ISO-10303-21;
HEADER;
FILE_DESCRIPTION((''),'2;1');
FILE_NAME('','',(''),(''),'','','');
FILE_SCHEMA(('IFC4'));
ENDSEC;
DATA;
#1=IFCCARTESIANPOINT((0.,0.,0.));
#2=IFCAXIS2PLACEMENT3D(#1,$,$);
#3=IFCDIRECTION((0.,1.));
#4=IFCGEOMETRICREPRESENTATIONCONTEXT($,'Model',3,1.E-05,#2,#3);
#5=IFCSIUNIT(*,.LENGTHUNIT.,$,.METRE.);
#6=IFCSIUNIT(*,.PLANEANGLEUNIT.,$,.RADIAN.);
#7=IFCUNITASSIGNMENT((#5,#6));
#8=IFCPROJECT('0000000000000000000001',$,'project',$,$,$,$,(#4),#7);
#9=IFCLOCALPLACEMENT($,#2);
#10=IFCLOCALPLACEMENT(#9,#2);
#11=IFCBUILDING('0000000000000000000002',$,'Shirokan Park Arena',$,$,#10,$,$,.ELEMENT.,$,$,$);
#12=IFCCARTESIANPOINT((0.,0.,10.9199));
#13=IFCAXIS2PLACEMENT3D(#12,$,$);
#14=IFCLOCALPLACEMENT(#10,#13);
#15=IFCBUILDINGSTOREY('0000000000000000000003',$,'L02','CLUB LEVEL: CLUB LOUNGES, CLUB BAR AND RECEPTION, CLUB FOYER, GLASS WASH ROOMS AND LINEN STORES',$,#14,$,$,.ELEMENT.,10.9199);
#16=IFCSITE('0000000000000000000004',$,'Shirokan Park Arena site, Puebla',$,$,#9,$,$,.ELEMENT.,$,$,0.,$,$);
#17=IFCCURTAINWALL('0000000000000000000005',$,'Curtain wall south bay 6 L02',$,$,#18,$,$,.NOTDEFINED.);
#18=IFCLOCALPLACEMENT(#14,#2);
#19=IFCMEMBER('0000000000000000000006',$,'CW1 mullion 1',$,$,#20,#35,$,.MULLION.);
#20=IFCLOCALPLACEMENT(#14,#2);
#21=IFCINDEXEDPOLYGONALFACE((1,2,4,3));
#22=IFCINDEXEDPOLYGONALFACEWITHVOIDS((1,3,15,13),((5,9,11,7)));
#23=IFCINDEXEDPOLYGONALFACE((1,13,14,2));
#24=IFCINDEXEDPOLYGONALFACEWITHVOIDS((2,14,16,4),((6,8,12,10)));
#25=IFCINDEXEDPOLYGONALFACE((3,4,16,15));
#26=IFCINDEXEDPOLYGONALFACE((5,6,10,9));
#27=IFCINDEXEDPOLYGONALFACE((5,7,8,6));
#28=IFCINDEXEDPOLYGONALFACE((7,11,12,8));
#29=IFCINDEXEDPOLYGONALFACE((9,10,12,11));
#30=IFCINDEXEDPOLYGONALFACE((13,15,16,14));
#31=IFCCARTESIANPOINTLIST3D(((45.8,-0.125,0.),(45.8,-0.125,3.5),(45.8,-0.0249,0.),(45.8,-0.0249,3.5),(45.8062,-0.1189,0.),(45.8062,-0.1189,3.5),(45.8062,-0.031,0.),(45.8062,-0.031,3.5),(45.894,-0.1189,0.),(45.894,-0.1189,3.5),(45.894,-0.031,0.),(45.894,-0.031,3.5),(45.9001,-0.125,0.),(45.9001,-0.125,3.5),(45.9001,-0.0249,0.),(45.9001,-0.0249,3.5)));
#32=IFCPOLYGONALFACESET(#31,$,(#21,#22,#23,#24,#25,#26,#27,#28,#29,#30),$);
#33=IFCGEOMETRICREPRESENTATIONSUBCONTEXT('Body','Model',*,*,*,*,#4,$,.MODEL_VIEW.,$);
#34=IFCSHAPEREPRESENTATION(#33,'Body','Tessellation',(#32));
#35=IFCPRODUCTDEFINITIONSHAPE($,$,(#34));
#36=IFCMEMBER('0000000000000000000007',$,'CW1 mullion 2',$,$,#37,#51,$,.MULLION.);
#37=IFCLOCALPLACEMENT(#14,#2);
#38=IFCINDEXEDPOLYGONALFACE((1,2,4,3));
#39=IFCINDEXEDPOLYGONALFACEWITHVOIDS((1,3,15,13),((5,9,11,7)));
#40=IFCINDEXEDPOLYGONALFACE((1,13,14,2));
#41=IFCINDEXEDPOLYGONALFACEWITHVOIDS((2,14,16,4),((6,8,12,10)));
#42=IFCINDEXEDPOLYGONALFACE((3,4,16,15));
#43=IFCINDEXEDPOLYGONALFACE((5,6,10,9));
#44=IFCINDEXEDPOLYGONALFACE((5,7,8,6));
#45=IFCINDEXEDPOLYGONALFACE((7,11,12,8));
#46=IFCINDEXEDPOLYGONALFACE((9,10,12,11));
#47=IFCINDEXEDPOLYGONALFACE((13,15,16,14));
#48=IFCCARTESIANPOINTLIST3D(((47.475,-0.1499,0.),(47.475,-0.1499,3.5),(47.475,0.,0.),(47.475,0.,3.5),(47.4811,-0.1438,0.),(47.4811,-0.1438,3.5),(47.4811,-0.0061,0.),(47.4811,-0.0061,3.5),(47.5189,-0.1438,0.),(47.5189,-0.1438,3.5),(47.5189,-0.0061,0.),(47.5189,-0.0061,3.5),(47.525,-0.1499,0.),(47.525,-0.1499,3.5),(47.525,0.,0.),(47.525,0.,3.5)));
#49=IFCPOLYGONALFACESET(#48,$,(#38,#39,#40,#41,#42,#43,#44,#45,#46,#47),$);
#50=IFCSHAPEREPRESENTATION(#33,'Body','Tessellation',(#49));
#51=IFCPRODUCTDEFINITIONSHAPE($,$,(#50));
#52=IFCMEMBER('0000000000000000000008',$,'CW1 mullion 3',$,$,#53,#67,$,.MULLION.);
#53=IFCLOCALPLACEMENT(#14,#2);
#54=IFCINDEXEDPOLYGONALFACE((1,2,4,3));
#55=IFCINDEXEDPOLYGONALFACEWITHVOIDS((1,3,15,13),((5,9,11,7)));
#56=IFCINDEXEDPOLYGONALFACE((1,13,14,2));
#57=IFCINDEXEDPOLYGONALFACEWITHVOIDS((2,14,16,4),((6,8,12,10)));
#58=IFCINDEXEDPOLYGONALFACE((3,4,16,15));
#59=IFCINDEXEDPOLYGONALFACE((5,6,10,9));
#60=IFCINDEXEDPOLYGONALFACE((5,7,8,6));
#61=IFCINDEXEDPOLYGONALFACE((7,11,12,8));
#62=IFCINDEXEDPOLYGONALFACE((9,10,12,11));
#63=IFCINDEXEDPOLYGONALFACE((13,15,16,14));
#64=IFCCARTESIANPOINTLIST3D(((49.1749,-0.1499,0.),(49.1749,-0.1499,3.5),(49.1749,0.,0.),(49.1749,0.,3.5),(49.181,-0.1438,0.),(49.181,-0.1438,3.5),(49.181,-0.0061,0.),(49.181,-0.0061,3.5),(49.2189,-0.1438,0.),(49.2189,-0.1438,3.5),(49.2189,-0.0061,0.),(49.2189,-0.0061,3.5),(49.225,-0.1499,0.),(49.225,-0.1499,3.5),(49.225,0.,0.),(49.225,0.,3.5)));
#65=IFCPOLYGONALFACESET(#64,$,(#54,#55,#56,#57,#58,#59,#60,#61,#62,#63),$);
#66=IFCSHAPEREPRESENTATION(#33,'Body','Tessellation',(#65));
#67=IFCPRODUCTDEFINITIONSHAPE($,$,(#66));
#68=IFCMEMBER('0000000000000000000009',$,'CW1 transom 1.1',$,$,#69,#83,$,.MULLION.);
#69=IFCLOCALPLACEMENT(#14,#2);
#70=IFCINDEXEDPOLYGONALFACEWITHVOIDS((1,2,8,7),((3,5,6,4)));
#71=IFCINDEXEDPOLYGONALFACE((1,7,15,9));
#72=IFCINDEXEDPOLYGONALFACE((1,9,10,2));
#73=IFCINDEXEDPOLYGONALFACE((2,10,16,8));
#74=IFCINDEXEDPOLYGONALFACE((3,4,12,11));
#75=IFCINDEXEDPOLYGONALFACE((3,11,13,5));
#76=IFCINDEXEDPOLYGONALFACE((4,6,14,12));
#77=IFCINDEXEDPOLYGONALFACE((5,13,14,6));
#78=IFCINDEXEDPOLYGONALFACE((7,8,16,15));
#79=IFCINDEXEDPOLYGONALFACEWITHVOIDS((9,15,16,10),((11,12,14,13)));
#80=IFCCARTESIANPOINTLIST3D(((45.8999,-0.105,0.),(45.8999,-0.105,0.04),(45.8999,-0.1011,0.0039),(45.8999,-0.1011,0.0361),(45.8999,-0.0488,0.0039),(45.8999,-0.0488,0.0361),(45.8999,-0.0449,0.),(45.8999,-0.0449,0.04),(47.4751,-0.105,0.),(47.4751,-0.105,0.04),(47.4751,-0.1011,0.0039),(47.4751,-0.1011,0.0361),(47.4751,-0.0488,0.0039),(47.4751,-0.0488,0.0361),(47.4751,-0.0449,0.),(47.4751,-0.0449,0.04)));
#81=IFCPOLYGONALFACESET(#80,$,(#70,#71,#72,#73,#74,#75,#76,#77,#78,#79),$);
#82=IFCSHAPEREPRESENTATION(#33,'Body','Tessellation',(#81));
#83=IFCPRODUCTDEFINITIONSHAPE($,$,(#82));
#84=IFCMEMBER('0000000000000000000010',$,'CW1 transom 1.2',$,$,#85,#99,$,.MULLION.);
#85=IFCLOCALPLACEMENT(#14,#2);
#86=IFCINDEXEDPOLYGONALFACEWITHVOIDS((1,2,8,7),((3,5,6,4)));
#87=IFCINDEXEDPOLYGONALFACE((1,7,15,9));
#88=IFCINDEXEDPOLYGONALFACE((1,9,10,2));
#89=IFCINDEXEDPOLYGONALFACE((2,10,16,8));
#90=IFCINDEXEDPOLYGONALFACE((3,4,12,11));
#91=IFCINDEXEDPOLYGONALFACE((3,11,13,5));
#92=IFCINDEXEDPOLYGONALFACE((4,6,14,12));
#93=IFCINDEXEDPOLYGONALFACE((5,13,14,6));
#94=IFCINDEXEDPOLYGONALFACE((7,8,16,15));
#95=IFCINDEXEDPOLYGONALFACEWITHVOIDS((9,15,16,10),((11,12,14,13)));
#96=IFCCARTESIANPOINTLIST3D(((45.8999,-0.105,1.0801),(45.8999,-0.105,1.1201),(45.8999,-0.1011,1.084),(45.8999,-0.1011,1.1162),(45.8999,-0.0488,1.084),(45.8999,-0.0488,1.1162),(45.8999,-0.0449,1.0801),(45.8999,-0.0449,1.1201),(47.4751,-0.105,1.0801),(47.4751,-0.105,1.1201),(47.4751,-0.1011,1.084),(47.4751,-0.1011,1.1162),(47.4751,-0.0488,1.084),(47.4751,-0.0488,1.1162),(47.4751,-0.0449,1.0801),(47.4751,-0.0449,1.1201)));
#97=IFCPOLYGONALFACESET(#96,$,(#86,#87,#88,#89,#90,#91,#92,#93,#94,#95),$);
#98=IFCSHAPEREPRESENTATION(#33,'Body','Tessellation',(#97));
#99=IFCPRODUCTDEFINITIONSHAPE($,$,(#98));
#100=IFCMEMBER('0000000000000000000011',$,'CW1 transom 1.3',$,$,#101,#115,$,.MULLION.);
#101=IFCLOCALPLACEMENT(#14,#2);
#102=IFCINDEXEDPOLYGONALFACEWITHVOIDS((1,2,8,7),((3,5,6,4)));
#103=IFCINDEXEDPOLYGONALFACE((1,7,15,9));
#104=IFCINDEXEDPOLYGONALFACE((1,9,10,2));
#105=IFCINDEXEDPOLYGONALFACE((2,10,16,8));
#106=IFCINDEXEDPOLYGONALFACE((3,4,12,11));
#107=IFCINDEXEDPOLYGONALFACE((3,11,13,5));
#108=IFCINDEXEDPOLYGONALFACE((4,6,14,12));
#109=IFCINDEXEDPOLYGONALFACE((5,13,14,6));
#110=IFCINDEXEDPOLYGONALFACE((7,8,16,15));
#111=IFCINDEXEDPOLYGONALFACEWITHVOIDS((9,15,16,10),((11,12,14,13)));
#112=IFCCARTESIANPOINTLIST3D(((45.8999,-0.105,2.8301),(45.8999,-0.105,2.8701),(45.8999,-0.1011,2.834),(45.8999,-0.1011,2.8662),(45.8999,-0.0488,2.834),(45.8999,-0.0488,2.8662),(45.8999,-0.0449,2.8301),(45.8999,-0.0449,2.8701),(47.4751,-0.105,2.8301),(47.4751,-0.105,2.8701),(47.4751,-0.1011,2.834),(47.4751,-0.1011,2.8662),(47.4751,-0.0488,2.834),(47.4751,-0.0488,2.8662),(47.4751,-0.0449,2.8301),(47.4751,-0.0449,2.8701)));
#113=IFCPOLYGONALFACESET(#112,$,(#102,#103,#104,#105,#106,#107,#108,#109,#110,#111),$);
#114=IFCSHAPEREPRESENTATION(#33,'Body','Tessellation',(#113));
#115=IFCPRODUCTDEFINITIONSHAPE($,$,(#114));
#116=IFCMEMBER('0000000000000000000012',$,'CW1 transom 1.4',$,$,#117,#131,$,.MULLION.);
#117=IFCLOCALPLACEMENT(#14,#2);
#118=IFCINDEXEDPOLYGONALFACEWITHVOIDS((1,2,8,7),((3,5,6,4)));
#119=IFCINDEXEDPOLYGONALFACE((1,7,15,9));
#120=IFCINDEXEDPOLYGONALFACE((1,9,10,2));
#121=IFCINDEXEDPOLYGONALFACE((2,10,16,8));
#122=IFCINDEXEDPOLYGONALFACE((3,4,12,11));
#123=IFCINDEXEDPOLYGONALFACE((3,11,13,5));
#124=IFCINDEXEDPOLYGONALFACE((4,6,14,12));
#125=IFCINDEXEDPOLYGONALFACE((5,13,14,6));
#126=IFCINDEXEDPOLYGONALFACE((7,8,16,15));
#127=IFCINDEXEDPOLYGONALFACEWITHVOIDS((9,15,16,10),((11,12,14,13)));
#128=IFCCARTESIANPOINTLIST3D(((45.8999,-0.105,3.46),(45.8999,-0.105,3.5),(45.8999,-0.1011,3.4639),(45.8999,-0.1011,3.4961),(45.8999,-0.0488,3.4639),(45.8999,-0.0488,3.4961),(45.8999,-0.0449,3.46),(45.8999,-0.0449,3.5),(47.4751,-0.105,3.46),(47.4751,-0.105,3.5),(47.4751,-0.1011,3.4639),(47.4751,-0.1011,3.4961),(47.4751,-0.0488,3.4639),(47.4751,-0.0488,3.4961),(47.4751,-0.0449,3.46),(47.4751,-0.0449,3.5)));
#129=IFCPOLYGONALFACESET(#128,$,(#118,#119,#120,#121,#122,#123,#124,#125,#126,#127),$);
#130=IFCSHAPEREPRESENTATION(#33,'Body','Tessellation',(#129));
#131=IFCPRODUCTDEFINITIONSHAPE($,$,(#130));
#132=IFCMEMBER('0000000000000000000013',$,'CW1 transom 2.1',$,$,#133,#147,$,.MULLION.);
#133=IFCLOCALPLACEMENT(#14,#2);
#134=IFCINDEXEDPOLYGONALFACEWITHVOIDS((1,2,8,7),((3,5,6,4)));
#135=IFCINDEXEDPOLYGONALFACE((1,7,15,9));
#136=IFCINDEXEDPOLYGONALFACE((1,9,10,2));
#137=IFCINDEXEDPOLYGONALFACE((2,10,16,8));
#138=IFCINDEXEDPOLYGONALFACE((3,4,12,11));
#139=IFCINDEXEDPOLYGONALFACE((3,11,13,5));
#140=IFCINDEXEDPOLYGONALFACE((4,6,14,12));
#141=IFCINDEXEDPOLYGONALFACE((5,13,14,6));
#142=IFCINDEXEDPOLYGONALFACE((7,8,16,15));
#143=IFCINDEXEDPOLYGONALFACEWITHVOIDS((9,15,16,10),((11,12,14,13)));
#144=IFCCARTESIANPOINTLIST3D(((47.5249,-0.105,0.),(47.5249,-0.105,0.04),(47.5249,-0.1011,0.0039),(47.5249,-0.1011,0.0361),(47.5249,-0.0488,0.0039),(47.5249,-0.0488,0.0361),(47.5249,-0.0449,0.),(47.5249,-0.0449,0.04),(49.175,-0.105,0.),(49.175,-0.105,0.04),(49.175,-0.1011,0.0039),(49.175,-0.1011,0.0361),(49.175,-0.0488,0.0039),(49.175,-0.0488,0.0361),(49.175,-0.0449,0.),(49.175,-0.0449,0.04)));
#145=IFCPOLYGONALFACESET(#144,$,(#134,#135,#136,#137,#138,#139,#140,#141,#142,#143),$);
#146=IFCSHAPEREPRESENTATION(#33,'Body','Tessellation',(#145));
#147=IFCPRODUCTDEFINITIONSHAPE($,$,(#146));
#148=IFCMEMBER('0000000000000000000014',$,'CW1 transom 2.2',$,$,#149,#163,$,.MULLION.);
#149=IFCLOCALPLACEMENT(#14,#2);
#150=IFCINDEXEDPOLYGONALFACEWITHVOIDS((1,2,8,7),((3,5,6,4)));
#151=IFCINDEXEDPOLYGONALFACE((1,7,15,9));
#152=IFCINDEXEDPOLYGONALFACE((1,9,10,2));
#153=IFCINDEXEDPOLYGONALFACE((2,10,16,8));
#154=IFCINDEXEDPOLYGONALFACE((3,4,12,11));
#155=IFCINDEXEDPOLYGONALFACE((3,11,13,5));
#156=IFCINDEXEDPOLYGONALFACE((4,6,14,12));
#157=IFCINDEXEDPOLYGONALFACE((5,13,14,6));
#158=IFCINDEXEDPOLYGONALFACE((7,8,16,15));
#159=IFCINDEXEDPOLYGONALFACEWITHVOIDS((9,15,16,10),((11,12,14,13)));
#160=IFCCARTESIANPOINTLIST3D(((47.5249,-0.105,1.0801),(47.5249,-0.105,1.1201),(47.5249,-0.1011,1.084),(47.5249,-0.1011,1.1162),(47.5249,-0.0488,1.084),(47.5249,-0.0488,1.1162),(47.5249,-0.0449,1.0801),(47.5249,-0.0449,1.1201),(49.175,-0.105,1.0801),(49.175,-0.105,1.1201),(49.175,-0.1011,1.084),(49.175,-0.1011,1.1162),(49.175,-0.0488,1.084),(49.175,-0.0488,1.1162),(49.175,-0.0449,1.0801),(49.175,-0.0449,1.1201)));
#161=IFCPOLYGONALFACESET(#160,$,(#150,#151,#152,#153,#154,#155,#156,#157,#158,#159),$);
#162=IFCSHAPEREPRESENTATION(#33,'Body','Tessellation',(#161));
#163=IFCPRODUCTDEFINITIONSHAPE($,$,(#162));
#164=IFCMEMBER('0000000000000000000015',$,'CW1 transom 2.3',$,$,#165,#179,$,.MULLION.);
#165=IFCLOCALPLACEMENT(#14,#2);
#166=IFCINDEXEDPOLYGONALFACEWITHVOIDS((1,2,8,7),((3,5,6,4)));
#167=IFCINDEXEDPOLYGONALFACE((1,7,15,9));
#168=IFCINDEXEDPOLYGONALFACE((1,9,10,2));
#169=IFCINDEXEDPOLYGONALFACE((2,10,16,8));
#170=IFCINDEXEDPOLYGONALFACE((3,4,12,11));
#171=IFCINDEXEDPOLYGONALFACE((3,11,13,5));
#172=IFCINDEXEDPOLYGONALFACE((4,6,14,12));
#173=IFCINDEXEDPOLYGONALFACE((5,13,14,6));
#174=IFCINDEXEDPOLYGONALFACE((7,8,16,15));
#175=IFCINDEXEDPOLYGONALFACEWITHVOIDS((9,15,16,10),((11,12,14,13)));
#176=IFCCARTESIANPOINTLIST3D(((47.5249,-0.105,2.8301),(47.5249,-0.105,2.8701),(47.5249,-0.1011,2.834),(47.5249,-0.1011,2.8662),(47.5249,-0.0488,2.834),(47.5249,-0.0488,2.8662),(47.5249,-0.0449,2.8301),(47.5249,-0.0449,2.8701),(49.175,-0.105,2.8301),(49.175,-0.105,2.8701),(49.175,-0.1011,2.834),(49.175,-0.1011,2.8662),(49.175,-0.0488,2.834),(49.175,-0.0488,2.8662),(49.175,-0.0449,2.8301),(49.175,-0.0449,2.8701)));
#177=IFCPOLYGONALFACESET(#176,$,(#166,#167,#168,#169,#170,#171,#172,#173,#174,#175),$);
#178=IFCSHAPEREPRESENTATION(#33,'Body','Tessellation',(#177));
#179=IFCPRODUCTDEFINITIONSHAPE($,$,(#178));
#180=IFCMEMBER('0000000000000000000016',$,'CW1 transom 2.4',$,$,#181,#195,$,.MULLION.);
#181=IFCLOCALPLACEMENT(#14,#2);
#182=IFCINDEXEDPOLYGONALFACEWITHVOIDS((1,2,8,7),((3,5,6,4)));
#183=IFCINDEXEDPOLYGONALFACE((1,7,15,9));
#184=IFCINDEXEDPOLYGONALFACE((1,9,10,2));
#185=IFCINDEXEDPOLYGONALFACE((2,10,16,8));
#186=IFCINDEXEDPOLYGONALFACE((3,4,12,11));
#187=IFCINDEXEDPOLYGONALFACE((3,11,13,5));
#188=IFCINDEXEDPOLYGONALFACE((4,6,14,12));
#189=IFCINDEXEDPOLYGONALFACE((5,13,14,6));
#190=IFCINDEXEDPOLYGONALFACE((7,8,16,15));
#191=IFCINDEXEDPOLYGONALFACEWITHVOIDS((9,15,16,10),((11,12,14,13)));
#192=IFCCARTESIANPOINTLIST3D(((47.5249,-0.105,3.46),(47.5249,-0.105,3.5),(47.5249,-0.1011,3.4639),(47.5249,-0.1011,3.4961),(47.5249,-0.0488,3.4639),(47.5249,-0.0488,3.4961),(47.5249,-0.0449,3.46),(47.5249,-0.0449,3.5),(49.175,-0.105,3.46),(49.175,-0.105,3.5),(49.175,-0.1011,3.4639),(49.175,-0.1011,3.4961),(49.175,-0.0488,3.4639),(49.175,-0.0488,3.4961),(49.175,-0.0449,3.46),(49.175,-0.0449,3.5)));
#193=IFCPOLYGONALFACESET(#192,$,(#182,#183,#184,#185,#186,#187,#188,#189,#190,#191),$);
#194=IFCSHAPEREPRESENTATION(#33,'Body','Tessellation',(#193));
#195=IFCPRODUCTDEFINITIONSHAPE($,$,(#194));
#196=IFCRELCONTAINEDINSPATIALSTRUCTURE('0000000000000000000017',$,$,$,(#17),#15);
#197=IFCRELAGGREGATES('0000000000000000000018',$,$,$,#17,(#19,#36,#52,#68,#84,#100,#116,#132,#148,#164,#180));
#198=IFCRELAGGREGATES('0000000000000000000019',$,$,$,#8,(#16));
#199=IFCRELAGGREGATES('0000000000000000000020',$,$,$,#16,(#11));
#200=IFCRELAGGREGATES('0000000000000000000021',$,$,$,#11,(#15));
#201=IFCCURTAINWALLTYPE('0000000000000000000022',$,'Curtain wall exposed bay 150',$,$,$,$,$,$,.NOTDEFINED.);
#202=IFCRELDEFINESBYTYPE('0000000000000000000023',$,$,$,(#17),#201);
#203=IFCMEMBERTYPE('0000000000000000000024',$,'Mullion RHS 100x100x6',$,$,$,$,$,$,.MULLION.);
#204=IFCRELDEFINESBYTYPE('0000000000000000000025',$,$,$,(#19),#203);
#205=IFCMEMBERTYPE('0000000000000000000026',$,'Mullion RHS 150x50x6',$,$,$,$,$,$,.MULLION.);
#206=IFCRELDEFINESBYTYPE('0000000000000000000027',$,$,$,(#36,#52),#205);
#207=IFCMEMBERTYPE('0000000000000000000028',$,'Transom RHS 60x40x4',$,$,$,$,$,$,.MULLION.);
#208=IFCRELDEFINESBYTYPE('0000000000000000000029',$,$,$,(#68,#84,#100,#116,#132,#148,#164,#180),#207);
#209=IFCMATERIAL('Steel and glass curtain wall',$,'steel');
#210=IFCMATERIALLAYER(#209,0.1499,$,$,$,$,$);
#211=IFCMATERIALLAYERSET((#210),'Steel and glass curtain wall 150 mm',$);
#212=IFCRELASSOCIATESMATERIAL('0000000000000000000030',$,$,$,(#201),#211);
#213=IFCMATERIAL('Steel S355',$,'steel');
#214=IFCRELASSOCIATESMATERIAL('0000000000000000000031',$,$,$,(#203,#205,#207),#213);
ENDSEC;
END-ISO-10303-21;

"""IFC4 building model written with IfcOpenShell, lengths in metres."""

from ifc_helpers import new_model, si_unit, direction, frame, origin, origin_2d, place, context, subcontext, project, spatial, hollow_rectangle, extrude, material, layer, layer_set, material_profile, profile_set, type_object, element, aggregate, save


model = new_model("IFC4")

# Units and contexts
model_context = context("Model", 3, precision=1e-05, world=origin(), true_north=direction((0.0, 1.0)))
body_context = subcontext(model_context, "Body", "Model", "MODEL_VIEW")
ifc_project = project(units=[si_unit("LENGTHUNIT", "METRE"), si_unit("PLANEANGLEUNIT", "RADIAN")], contexts=[model_context])

# Site, building, storey
site_placement = place(None, origin())
site = spatial("IfcSite", under=ifc_project, at=site_placement, Name="Shirokan Park Arena site, Puebla", CompositionType="ELEMENT", RefElevation=0.0)
building_placement = place(site_placement, origin())
building = spatial("IfcBuilding", under=site, at=building_placement, Name="Shirokan Park Arena", CompositionType="ELEMENT")
storey_placement = place(building_placement, frame((0.0, 0.0, 10.9199)))
storey = spatial("IfcBuildingStorey", under=building, at=storey_placement, Name="L02", Description="CLUB LEVEL: CLUB LOUNGES, CLUB BAR AND RECEPTION, CLUB FOYER, GLASS WASH ROOMS AND LINEN STORES", CompositionType="ELEMENT", Elevation=10.9199)

# Curtain wall, members
ifc_material_1 = material(Name="Steel and glass curtain wall", Category="steel")
ifc_layer_1 = layer(ifc_material_1, 0.1499)
ifc_layer_set_1 = layer_set([ifc_layer_1], Name="Steel and glass curtain wall 150 mm")
curtain_wall_type = type_object("IfcCurtainWallType", Name="Curtain wall exposed bay 150", PredefinedType="NOTDEFINED", material=ifc_layer_set_1)
curtain_wall_placement = place(storey_placement, origin())
curtain_wall = element("IfcCurtainWall", 1, at=curtain_wall_placement, inside=storey, type_object=curtain_wall_type, Name="Curtain wall south bay 6 L02", PredefinedType="NOTDEFINED")
ifc_material_2 = material(Name="Steel S355", Category="steel")
ifc_material_profile_1 = material_profile(ifc_material_2, hollow_rectangle(XDim=0.1001, YDim=0.1001, WallThickness=0.0061, at=origin_2d()), Name="RHS 100x100x6")
ifc_profile_set_1 = profile_set([ifc_material_profile_1], Name="Steel S355")
member_type_1 = type_object("IfcMemberType", Name="Mullion RHS 100x100x6", PredefinedType="MULLION", material=ifc_profile_set_1)
member_1_placement = place(storey_placement, frame((45.8501, -0.075, 0.0), z_axis=(0.0, 0.0, 1.0), x_axis=(0.0, 1.0, 0.0)))
member_1 = element("IfcMember", 2, at=member_1_placement, type_object=member_type_1, Name="CW1 mullion 1", PredefinedType="MULLION", context=body_context, shape_type="SweptSolid", body=[
    extrude(hollow_rectangle(XDim=0.1001, YDim=0.1001, WallThickness=0.0061, at=origin_2d()), origin(), (0.0, 0.0, 1.0), 3.5),
])
ifc_material_profile_2 = material_profile(ifc_material_2, hollow_rectangle(XDim=0.1499, YDim=0.05, WallThickness=0.0061, at=origin_2d()), Name="RHS 150x50x6")
ifc_profile_set_2 = profile_set([ifc_material_profile_2], Name="Steel S355")
member_type_2 = type_object("IfcMemberType", Name="Mullion RHS 150x50x6", PredefinedType="MULLION", material=ifc_profile_set_2)
member_2_placement = place(storey_placement, frame((47.5, -0.075, 0.0), z_axis=(0.0, 0.0, 1.0), x_axis=(0.0, 1.0, 0.0)))
member_2 = element("IfcMember", 3, at=member_2_placement, type_object=member_type_2, Name="CW1 mullion 2", PredefinedType="MULLION", context=body_context, shape_type="SweptSolid", body=[
    extrude(hollow_rectangle(XDim=0.1499, YDim=0.05, WallThickness=0.0061, at=origin_2d()), origin(), (0.0, 0.0, 1.0), 3.5),
])
member_3_placement = place(storey_placement, frame((49.2, -0.075, 0.0), z_axis=(0.0, 0.0, 1.0), x_axis=(0.0, 1.0, 0.0)))
member_3 = element("IfcMember", 4, at=member_3_placement, type_object=member_type_2, Name="CW1 mullion 3", PredefinedType="MULLION", context=body_context, shape_type="SweptSolid", body=[
    extrude(hollow_rectangle(XDim=0.1499, YDim=0.05, WallThickness=0.0061, at=origin_2d()), origin(), (0.0, 0.0, 1.0), 3.5),
])
ifc_material_profile_3 = material_profile(ifc_material_2, hollow_rectangle(XDim=0.0601, YDim=0.04, WallThickness=0.0039, at=origin_2d()), Name="RHS 60x40x4")
ifc_profile_set_3 = profile_set([ifc_material_profile_3], Name="Steel S355")
member_type_3 = type_object("IfcMemberType", Name="Transom RHS 60x40x4", PredefinedType="MULLION", material=ifc_profile_set_3)
member_4_placement = place(storey_placement, frame((45.8999, -0.075, 0.02), z_axis=(1.0, 0.0, 0.0), x_axis=(0.0, 1.0, 0.0)))
member_4 = element("IfcMember", 5, at=member_4_placement, type_object=member_type_3, Name="CW1 transom 1.1", PredefinedType="MULLION", context=body_context, shape_type="SweptSolid", body=[
    extrude(hollow_rectangle(XDim=0.0601, YDim=0.04, WallThickness=0.0039, at=origin_2d()), origin(), (0.0, 0.0, 1.0), 1.5752),
])
member_5_placement = place(storey_placement, frame((45.8999, -0.075, 1.1001), z_axis=(1.0, 0.0, 0.0), x_axis=(0.0, 1.0, 0.0)))
member_5 = element("IfcMember", 6, at=member_5_placement, type_object=member_type_3, Name="CW1 transom 1.2", PredefinedType="MULLION", context=body_context, shape_type="SweptSolid", body=[
    extrude(hollow_rectangle(XDim=0.0601, YDim=0.04, WallThickness=0.0039, at=origin_2d()), origin(), (0.0, 0.0, 1.0), 1.5752),
])
member_6_placement = place(storey_placement, frame((45.8999, -0.075, 2.8501), z_axis=(1.0, 0.0, 0.0), x_axis=(0.0, 1.0, 0.0)))
member_6 = element("IfcMember", 7, at=member_6_placement, type_object=member_type_3, Name="CW1 transom 1.3", PredefinedType="MULLION", context=body_context, shape_type="SweptSolid", body=[
    extrude(hollow_rectangle(XDim=0.0601, YDim=0.04, WallThickness=0.0039, at=origin_2d()), origin(), (0.0, 0.0, 1.0), 1.5752),
])
member_7_placement = place(storey_placement, frame((45.8999, -0.075, 3.48), z_axis=(1.0, 0.0, 0.0), x_axis=(0.0, 1.0, 0.0)))
member_7 = element("IfcMember", 8, at=member_7_placement, type_object=member_type_3, Name="CW1 transom 1.4", PredefinedType="MULLION", context=body_context, shape_type="SweptSolid", body=[
    extrude(hollow_rectangle(XDim=0.0601, YDim=0.04, WallThickness=0.0039, at=origin_2d()), origin(), (0.0, 0.0, 1.0), 1.5752),
])
member_8_placement = place(storey_placement, frame((47.5249, -0.075, 0.02), z_axis=(1.0, 0.0, 0.0), x_axis=(0.0, 1.0, 0.0)))
member_8 = element("IfcMember", 9, at=member_8_placement, type_object=member_type_3, Name="CW1 transom 2.1", PredefinedType="MULLION", context=body_context, shape_type="SweptSolid", body=[
    extrude(hollow_rectangle(XDim=0.0601, YDim=0.04, WallThickness=0.0039, at=origin_2d()), origin(), (0.0, 0.0, 1.0), 1.6501),
])
member_9_placement = place(storey_placement, frame((47.5249, -0.075, 1.1001), z_axis=(1.0, 0.0, 0.0), x_axis=(0.0, 1.0, 0.0)))
member_9 = element("IfcMember", 10, at=member_9_placement, type_object=member_type_3, Name="CW1 transom 2.2", PredefinedType="MULLION", context=body_context, shape_type="SweptSolid", body=[
    extrude(hollow_rectangle(XDim=0.0601, YDim=0.04, WallThickness=0.0039, at=origin_2d()), origin(), (0.0, 0.0, 1.0), 1.6501),
])
member_10_placement = place(storey_placement, frame((47.5249, -0.075, 2.8501), z_axis=(1.0, 0.0, 0.0), x_axis=(0.0, 1.0, 0.0)))
member_10 = element("IfcMember", 11, at=member_10_placement, type_object=member_type_3, Name="CW1 transom 2.3", PredefinedType="MULLION", context=body_context, shape_type="SweptSolid", body=[
    extrude(hollow_rectangle(XDim=0.0601, YDim=0.04, WallThickness=0.0039, at=origin_2d()), origin(), (0.0, 0.0, 1.0), 1.6501),
])
member_11_placement = place(storey_placement, frame((47.5249, -0.075, 3.48), z_axis=(1.0, 0.0, 0.0), x_axis=(0.0, 1.0, 0.0)))
member_11 = element("IfcMember", 12, at=member_11_placement, type_object=member_type_3, Name="CW1 transom 2.4", PredefinedType="MULLION", context=body_context, shape_type="SweptSolid", body=[
    extrude(hollow_rectangle(XDim=0.0601, YDim=0.04, WallThickness=0.0039, at=origin_2d()), origin(), (0.0, 0.0, 1.0), 1.6501),
])
aggregate(curtain_wall, [member_1, member_2, member_3, member_4, member_5, member_6, member_7, member_8, member_9, member_10, member_11])

save(model, "model.ifc")
